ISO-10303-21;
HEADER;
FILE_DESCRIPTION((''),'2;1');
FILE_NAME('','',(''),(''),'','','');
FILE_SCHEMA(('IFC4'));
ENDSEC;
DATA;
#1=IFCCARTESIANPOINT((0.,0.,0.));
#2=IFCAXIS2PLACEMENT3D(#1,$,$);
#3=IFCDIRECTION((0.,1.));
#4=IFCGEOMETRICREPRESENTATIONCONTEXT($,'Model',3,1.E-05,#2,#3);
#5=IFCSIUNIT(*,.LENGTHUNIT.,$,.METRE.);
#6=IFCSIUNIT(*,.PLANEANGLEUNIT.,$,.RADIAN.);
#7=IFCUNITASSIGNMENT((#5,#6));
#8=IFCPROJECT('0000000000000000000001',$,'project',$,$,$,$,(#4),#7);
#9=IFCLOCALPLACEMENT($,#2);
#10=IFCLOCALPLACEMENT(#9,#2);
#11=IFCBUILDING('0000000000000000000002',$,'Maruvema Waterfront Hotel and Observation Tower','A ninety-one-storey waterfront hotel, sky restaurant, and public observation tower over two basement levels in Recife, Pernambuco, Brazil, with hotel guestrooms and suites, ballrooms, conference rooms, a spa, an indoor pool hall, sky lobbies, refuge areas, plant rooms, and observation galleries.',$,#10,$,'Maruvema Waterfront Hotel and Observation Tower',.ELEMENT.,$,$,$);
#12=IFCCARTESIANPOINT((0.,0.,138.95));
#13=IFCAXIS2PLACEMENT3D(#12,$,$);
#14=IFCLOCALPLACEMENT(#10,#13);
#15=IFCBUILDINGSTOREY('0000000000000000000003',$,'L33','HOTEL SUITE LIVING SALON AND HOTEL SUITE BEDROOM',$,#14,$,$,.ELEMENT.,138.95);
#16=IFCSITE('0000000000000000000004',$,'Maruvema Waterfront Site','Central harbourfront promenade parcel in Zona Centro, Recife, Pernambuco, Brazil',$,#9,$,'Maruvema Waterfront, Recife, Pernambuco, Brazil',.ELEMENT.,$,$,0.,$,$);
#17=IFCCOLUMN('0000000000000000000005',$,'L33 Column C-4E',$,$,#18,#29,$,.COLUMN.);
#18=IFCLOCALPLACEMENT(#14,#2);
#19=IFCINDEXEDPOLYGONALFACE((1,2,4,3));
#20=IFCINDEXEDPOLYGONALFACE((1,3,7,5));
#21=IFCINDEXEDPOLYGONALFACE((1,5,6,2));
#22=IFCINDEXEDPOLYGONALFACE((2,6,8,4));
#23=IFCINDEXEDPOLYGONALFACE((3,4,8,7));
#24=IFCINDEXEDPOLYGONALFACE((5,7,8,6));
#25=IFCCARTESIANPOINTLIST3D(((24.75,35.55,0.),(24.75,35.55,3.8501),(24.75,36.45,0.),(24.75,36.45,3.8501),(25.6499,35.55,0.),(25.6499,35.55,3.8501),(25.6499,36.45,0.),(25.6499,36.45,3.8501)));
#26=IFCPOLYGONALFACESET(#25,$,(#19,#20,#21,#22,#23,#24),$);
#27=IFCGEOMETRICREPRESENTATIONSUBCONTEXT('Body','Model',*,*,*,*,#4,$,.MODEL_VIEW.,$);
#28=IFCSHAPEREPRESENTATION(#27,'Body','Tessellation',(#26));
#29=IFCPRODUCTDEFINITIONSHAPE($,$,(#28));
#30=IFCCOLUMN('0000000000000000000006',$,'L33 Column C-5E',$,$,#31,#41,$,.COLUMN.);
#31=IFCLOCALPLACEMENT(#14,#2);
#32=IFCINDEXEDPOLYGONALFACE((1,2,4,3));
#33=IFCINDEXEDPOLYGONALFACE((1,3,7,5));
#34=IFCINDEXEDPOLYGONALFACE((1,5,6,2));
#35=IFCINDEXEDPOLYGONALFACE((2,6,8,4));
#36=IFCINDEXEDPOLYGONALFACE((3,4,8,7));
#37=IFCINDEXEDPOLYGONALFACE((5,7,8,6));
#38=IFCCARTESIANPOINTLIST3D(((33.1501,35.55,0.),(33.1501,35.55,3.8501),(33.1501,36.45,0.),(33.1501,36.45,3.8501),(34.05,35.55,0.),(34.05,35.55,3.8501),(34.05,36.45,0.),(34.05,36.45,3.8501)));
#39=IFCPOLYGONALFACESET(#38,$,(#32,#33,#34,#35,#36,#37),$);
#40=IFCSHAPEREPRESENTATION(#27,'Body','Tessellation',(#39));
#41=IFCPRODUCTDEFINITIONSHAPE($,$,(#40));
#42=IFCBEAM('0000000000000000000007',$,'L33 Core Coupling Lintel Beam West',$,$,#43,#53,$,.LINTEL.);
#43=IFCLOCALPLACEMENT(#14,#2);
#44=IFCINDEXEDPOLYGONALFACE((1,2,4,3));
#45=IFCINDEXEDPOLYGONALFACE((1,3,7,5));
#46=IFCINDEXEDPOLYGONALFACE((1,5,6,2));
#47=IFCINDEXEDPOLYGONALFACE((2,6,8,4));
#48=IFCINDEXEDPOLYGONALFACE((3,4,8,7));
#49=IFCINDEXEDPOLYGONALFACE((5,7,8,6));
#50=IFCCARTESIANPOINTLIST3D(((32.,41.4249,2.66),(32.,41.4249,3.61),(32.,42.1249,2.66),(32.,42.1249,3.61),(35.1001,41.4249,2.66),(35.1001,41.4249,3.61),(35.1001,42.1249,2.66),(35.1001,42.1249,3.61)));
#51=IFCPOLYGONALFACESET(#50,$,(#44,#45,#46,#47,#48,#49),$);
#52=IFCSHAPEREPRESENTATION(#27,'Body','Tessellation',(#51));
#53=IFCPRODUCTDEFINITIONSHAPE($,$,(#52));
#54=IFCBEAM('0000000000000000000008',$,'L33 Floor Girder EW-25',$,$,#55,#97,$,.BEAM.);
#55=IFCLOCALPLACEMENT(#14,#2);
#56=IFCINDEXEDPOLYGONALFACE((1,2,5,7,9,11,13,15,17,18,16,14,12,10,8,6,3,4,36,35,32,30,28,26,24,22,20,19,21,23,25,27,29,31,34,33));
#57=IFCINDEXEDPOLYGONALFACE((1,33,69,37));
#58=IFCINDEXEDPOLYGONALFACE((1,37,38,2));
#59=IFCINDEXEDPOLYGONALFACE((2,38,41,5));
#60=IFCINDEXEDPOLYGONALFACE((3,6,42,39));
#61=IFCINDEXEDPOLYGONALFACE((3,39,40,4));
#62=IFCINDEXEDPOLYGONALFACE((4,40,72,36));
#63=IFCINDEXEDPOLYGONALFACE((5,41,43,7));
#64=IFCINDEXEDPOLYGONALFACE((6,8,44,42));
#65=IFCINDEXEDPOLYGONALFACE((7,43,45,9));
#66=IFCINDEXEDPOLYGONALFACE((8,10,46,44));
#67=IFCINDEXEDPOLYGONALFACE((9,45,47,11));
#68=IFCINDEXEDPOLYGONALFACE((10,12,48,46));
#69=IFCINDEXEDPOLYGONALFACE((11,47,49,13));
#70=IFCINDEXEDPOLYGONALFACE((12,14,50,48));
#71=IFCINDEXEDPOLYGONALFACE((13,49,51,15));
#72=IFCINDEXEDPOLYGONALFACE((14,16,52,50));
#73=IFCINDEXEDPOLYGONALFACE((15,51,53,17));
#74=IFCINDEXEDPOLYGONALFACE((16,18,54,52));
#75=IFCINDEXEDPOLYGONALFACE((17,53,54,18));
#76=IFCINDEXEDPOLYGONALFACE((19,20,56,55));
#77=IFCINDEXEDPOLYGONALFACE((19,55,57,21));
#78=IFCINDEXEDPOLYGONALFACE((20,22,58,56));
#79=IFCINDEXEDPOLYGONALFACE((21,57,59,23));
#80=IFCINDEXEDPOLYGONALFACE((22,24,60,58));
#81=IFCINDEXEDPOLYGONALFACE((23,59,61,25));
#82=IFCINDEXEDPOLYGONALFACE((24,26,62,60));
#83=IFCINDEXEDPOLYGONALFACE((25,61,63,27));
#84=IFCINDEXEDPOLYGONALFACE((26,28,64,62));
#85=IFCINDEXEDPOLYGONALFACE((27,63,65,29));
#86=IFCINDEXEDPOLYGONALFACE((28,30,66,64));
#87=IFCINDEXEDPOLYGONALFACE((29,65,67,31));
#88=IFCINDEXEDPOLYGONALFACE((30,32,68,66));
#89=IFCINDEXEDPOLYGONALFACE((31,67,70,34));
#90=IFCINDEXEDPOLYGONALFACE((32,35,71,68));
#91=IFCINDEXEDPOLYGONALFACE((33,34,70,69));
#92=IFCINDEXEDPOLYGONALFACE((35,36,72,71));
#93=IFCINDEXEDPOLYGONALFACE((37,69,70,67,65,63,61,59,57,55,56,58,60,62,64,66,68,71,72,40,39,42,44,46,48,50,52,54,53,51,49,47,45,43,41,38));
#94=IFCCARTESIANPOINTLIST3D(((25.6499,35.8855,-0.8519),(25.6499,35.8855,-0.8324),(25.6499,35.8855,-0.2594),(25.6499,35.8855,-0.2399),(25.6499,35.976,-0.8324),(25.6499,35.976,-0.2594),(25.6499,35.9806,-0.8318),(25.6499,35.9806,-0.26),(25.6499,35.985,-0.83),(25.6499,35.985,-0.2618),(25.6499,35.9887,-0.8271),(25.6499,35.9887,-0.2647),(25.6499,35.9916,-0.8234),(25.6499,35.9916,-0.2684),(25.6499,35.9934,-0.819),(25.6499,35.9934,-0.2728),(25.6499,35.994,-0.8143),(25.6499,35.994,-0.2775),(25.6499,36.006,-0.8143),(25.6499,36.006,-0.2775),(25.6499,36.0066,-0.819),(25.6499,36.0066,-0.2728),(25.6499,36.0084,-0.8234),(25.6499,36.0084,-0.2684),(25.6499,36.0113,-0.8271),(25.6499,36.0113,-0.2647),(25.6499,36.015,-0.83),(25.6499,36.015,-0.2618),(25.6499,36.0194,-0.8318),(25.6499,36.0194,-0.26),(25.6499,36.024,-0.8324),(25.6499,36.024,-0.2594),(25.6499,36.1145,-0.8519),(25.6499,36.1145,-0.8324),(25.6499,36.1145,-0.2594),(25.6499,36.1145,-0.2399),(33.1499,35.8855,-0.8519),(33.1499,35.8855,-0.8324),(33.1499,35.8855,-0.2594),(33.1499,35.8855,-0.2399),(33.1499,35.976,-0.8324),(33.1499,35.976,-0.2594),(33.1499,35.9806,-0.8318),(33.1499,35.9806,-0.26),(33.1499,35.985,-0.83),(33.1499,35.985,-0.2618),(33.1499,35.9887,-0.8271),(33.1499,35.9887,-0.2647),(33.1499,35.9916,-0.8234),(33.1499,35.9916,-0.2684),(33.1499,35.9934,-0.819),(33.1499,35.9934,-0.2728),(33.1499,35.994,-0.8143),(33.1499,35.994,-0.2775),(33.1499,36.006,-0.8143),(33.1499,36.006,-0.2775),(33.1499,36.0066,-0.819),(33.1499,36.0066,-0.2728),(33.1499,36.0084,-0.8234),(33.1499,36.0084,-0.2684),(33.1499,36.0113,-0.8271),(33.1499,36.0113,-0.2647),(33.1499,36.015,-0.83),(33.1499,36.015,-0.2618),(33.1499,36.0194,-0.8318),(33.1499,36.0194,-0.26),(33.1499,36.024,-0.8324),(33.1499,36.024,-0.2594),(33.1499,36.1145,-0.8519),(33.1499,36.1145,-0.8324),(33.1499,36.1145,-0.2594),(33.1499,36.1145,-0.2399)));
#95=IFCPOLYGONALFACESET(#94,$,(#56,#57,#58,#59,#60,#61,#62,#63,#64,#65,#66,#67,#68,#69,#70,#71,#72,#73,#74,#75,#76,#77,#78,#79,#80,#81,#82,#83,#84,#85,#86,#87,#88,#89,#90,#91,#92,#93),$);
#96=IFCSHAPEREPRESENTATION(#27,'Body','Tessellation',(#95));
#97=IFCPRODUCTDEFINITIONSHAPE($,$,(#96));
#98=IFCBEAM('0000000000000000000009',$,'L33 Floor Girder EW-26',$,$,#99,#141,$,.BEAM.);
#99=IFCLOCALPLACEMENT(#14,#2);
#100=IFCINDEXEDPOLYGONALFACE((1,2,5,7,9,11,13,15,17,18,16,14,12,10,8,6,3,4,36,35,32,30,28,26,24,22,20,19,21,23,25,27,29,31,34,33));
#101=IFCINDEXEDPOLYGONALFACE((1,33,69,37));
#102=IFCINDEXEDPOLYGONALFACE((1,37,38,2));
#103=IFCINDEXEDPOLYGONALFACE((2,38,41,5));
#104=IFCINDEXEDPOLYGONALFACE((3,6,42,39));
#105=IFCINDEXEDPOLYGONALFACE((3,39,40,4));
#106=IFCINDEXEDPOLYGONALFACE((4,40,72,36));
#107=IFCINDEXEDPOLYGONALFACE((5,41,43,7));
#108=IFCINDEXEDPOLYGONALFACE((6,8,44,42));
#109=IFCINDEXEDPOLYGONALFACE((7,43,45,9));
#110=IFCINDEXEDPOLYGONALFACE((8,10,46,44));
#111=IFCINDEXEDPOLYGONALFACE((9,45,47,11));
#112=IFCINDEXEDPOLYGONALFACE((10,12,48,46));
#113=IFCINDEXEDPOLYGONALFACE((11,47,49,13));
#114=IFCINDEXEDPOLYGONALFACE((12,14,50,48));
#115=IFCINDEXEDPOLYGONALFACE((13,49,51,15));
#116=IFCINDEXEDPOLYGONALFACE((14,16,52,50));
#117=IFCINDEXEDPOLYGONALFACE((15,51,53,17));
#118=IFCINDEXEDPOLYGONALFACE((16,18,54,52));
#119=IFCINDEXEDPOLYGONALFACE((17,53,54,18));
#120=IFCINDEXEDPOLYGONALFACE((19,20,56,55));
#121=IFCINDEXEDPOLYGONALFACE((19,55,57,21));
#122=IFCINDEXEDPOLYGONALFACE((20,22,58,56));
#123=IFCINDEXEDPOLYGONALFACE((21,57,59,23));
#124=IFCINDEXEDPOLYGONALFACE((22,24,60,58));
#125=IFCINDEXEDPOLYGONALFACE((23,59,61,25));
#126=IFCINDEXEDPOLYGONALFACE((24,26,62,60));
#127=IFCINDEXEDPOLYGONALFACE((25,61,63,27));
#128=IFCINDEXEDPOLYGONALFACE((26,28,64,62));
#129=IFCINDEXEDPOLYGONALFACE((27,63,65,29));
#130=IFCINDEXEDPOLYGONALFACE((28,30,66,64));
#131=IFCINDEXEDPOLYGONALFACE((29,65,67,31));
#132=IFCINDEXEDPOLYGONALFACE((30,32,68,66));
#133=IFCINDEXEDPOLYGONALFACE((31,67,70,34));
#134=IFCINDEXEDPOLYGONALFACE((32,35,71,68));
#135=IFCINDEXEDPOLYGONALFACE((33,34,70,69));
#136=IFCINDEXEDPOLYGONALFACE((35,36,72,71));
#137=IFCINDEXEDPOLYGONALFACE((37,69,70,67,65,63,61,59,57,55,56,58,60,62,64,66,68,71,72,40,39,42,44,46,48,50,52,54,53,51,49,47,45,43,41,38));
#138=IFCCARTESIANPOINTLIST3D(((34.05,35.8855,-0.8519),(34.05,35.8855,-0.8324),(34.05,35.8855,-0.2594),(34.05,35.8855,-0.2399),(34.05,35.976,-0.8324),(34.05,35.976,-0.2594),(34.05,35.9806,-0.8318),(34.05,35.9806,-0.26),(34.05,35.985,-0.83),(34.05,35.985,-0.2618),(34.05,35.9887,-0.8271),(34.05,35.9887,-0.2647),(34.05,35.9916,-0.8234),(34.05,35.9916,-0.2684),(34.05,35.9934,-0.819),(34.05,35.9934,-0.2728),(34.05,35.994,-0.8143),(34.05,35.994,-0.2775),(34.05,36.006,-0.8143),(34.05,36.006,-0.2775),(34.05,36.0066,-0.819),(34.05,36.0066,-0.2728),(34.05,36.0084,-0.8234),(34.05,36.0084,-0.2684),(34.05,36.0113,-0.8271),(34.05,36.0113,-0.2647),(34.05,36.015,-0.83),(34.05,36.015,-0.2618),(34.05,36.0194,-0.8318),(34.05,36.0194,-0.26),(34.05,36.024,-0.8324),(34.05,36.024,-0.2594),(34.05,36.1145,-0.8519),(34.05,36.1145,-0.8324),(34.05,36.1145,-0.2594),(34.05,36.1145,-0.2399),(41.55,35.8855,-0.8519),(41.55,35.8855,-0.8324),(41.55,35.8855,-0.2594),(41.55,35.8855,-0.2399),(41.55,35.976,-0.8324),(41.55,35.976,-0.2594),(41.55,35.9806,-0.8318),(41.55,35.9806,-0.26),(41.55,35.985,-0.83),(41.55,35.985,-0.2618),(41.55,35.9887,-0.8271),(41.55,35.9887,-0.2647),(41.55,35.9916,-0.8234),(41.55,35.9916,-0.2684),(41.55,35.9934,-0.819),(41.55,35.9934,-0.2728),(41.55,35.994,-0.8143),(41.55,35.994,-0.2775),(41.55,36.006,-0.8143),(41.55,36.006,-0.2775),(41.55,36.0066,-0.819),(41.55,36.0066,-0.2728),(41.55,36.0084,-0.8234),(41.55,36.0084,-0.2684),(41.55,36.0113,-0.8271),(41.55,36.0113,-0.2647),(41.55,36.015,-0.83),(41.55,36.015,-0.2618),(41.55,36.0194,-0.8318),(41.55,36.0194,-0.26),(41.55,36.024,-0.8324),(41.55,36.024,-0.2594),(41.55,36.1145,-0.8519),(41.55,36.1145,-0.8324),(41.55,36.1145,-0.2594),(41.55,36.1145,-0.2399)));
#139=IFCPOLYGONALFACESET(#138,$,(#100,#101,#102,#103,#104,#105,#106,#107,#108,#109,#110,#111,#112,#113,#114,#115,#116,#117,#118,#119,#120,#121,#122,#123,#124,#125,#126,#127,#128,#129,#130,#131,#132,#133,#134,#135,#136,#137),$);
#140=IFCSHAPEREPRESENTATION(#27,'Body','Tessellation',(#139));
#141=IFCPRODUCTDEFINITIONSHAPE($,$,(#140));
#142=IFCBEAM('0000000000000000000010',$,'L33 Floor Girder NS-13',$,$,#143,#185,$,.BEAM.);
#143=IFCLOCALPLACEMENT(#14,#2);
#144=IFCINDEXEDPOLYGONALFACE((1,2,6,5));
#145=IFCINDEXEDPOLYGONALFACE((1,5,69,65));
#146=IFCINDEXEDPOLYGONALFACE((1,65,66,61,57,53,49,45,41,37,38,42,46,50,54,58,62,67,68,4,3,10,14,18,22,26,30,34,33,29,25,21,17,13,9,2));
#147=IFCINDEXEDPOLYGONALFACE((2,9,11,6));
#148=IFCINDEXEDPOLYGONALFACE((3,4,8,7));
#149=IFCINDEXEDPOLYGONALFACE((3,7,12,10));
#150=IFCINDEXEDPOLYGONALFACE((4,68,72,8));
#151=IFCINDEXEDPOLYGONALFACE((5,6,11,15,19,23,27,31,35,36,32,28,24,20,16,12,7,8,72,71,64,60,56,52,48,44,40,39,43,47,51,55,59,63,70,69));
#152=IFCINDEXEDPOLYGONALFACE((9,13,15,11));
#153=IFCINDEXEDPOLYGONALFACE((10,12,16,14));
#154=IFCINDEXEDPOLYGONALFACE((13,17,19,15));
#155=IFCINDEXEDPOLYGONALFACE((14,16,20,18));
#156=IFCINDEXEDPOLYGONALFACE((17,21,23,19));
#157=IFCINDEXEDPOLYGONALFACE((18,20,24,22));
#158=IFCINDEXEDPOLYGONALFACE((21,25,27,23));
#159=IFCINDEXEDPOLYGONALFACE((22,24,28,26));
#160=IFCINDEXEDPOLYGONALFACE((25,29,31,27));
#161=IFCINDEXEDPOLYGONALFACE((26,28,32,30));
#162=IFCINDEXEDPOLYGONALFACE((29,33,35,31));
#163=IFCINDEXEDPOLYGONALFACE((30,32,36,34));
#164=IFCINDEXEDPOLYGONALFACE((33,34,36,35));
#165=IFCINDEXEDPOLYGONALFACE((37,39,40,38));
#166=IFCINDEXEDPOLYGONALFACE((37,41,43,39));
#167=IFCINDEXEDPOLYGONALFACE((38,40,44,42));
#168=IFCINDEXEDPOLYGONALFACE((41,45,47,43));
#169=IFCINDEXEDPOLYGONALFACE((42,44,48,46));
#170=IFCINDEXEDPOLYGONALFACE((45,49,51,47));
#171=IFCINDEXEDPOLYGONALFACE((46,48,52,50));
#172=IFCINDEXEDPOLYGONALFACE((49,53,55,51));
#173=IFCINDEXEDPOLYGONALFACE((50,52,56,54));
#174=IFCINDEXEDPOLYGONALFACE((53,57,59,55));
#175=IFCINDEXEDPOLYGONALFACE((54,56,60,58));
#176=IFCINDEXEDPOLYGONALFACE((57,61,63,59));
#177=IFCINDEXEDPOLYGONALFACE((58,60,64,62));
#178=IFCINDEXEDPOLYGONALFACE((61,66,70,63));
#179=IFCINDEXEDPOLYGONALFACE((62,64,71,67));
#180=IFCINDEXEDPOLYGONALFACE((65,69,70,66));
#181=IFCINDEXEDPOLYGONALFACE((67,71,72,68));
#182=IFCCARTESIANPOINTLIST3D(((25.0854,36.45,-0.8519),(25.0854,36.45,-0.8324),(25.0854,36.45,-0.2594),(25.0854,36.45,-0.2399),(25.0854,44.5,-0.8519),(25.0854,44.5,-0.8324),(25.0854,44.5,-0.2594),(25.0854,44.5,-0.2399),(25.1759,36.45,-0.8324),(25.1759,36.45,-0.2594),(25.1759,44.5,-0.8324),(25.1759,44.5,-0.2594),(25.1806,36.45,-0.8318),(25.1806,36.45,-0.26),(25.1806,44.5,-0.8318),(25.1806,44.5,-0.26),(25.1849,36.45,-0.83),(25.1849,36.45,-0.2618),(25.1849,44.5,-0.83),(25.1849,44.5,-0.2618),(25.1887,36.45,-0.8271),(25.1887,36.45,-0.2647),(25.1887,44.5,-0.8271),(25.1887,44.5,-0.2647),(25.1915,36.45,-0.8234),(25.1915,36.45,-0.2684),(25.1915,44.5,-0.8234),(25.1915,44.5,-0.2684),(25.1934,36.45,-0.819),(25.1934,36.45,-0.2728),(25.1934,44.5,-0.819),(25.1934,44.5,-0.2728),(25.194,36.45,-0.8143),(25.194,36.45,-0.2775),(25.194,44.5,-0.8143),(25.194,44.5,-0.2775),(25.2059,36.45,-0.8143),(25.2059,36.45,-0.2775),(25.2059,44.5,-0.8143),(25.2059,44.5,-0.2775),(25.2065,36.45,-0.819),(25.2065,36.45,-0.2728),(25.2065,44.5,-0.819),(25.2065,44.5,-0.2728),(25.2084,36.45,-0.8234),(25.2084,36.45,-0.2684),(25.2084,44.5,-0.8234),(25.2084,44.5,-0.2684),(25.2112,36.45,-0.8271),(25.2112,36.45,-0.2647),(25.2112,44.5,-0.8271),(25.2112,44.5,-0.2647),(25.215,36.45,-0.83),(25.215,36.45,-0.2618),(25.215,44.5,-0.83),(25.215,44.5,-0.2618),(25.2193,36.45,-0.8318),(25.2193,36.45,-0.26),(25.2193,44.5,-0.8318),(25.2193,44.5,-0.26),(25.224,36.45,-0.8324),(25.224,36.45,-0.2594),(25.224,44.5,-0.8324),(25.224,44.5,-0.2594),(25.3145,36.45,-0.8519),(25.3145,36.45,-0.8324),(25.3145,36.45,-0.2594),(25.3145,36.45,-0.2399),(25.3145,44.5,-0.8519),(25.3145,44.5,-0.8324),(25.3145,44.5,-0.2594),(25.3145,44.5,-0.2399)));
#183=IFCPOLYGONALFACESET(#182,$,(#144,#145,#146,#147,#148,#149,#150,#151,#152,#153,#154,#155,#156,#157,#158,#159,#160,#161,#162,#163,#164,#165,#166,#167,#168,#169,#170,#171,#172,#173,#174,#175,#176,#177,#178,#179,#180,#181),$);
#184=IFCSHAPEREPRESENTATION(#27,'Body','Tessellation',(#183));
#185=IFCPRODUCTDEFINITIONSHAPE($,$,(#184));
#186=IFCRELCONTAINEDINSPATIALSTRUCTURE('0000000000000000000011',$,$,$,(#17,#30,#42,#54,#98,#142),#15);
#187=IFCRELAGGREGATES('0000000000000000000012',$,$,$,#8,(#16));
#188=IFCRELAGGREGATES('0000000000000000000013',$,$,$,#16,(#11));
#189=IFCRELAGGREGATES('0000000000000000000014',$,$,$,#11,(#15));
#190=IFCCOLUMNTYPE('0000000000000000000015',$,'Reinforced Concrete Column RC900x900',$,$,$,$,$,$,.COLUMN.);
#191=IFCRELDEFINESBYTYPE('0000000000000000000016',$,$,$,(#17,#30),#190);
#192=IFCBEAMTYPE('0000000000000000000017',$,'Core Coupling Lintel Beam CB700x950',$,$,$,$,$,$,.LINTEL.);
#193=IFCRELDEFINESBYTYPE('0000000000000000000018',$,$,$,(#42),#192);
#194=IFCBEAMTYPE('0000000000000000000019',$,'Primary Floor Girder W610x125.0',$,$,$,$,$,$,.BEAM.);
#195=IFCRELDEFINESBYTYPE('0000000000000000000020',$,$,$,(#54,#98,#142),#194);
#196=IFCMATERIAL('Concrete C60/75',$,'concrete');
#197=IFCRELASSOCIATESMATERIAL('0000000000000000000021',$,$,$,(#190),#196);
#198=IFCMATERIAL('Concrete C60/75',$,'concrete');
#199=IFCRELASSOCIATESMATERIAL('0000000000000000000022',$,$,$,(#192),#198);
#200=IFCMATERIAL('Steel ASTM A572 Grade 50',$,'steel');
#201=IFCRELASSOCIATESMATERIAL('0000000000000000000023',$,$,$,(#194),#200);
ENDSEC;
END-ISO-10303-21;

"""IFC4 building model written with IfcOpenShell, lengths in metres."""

from ifc_helpers import new_model, si_unit, direction, frame, origin, origin_2d, place, context, subcontext, project, spatial, rectangle, i_section, extrude, material, material_profile, profile_set, type_object, element, save


model = new_model("IFC4")

# Units and contexts
model_context = context("Model", 3, precision=1e-05, world=origin(), true_north=direction((0.0, 1.0)))
body_context = subcontext(model_context, "Body", "Model", "MODEL_VIEW")
ifc_project = project(units=[si_unit("LENGTHUNIT", "METRE"), si_unit("PLANEANGLEUNIT", "RADIAN")], contexts=[model_context])

# Site, building, storey
site_placement = place(None, origin())
site = spatial("IfcSite", under=ifc_project, at=site_placement, Name="Maruvema Waterfront Site", Description="Central harbourfront promenade parcel in Zona Centro, Recife, Pernambuco, Brazil", LongName="Maruvema Waterfront, Recife, Pernambuco, Brazil", CompositionType="ELEMENT", RefElevation=0.0)
building_placement = place(site_placement, origin())
building = spatial("IfcBuilding", under=site, at=building_placement, Name="Maruvema Waterfront Hotel and Observation Tower", Description="A ninety-one-storey waterfront hotel, sky restaurant, and public observation tower over two basement levels in Recife, Pernambuco, Brazil, with hotel guestrooms and suites, ballrooms, conference rooms, a spa, an indoor pool hall, sky lobbies, refuge areas, plant rooms, and observation galleries.", LongName="Maruvema Waterfront Hotel and Observation Tower", CompositionType="ELEMENT")
storey_placement = place(building_placement, frame((0.0, 0.0, 138.95)))
storey = spatial("IfcBuildingStorey", under=building, at=storey_placement, Name="L33", Description="HOTEL SUITE LIVING SALON AND HOTEL SUITE BEDROOM", CompositionType="ELEMENT", Elevation=138.95)

# Columns
ifc_material_1 = material(Name="Concrete C60/75", Category="concrete")
ifc_material_profile_1 = material_profile(ifc_material_1, rectangle(XDim=0.8999, YDim=0.8999, at=origin_2d()), Name="RC900x900")
ifc_profile_set_1 = profile_set([ifc_material_profile_1], Name="Concrete C60/75")
column_type = type_object("IfcColumnType", Name="Reinforced Concrete Column RC900x900", PredefinedType="COLUMN", material=ifc_profile_set_1)
for number, where, z_axis, x_axis, name in (
    (1, (25.2, 36.0, 0.0), (0.0, 0.0, 1.0), (1.0, 0.0, 0.0), "L33 Column C-4E"),
    (2, (33.6001, 36.0, 0.0), (0.0, 0.0, 1.0), (1.0, 0.0, 0.0), "L33 Column C-5E"),
):
    element("IfcColumn", number, at=place(storey_placement, frame(where, z_axis=z_axis, x_axis=x_axis)), inside=storey, type_object=column_type, Name=name, PredefinedType="COLUMN", context=body_context, shape_type="SweptSolid", body=[
        extrude(rectangle(XDim=0.8999, YDim=0.8999, at=origin_2d()), origin(), (0.0, 0.0, 1.0), 3.8501),
    ])

# Beams
ifc_material_2 = material(Name="Concrete C60/75", Category="concrete")
ifc_material_profile_2 = material_profile(ifc_material_2, rectangle(XDim=0.7, YDim=0.95, at=origin_2d()), Name="CB700x950")
ifc_profile_set_2 = profile_set([ifc_material_profile_2], Name="Concrete C60/75")
beam_type_1 = type_object("IfcBeamType", Name="Core Coupling Lintel Beam CB700x950", PredefinedType="LINTEL", material=ifc_profile_set_2)
beam_1_placement = place(storey_placement, frame((32.0, 41.7749, 3.135), z_axis=(1.0, 0.0, 0.0), x_axis=(0.0, 1.0, 0.0)))
element("IfcBeam", 3, at=beam_1_placement, inside=storey, type_object=beam_type_1, Name="L33 Core Coupling Lintel Beam West", PredefinedType="LINTEL", context=body_context, shape_type="SweptSolid", body=[
    extrude(rectangle(XDim=0.7, YDim=0.95, at=origin_2d()), origin(), (0.0, 0.0, 1.0), 3.1001),
])
ifc_material_3 = material(Name="Steel ASTM A572 Grade 50", Category="steel")
ifc_material_profile_3 = material_profile(ifc_material_3, i_section(OverallWidth=0.229, OverallDepth=0.6121, WebThickness=0.012, FlangeThickness=0.0195, FilletRadius=0.0181, at=origin_2d()), Name="W610x125.0")
ifc_profile_set_3 = profile_set([ifc_material_profile_3], Name="Steel ASTM A572 Grade 50")
beam_type_2 = type_object("IfcBeamType", Name="Primary Floor Girder W610x125.0", PredefinedType="BEAM", material=ifc_profile_set_3)
for number, where, z_axis, x_axis, name in (
    (4, (25.6499, 36.0, -0.5459), (1.0, 0.0, 0.0), (0.0, 1.0, 0.0), "L33 Floor Girder EW-25"),
    (5, (34.05, 36.0, -0.5459), (1.0, 0.0, 0.0), (0.0, 1.0, 0.0), "L33 Floor Girder EW-26"),
):
    element("IfcBeam", number, at=place(storey_placement, frame(where, z_axis=z_axis, x_axis=x_axis)), inside=storey, type_object=beam_type_2, Name=name, PredefinedType="BEAM", context=body_context, shape_type="SweptSolid", body=[
        extrude(i_section(OverallWidth=0.229, OverallDepth=0.6121, WebThickness=0.012, FlangeThickness=0.0195, FilletRadius=0.0181, at=origin_2d()), origin(), (0.0, 0.0, 1.0), 7.5),
    ])
beam_2_placement = place(storey_placement, frame((25.2, 36.45, -0.5459), z_axis=(0.0, 1.0, 0.0), x_axis=(-1.0, 0.0, 0.0)))
element("IfcBeam", 6, at=beam_2_placement, inside=storey, type_object=beam_type_2, Name="L33 Floor Girder NS-13", PredefinedType="BEAM", context=body_context, shape_type="SweptSolid", body=[
    extrude(i_section(OverallWidth=0.229, OverallDepth=0.6121, WebThickness=0.012, FlangeThickness=0.0195, FilletRadius=0.0181, at=origin_2d()), origin(), (0.0, 0.0, 1.0), 8.05),
])

save(model, "model.ifc")
